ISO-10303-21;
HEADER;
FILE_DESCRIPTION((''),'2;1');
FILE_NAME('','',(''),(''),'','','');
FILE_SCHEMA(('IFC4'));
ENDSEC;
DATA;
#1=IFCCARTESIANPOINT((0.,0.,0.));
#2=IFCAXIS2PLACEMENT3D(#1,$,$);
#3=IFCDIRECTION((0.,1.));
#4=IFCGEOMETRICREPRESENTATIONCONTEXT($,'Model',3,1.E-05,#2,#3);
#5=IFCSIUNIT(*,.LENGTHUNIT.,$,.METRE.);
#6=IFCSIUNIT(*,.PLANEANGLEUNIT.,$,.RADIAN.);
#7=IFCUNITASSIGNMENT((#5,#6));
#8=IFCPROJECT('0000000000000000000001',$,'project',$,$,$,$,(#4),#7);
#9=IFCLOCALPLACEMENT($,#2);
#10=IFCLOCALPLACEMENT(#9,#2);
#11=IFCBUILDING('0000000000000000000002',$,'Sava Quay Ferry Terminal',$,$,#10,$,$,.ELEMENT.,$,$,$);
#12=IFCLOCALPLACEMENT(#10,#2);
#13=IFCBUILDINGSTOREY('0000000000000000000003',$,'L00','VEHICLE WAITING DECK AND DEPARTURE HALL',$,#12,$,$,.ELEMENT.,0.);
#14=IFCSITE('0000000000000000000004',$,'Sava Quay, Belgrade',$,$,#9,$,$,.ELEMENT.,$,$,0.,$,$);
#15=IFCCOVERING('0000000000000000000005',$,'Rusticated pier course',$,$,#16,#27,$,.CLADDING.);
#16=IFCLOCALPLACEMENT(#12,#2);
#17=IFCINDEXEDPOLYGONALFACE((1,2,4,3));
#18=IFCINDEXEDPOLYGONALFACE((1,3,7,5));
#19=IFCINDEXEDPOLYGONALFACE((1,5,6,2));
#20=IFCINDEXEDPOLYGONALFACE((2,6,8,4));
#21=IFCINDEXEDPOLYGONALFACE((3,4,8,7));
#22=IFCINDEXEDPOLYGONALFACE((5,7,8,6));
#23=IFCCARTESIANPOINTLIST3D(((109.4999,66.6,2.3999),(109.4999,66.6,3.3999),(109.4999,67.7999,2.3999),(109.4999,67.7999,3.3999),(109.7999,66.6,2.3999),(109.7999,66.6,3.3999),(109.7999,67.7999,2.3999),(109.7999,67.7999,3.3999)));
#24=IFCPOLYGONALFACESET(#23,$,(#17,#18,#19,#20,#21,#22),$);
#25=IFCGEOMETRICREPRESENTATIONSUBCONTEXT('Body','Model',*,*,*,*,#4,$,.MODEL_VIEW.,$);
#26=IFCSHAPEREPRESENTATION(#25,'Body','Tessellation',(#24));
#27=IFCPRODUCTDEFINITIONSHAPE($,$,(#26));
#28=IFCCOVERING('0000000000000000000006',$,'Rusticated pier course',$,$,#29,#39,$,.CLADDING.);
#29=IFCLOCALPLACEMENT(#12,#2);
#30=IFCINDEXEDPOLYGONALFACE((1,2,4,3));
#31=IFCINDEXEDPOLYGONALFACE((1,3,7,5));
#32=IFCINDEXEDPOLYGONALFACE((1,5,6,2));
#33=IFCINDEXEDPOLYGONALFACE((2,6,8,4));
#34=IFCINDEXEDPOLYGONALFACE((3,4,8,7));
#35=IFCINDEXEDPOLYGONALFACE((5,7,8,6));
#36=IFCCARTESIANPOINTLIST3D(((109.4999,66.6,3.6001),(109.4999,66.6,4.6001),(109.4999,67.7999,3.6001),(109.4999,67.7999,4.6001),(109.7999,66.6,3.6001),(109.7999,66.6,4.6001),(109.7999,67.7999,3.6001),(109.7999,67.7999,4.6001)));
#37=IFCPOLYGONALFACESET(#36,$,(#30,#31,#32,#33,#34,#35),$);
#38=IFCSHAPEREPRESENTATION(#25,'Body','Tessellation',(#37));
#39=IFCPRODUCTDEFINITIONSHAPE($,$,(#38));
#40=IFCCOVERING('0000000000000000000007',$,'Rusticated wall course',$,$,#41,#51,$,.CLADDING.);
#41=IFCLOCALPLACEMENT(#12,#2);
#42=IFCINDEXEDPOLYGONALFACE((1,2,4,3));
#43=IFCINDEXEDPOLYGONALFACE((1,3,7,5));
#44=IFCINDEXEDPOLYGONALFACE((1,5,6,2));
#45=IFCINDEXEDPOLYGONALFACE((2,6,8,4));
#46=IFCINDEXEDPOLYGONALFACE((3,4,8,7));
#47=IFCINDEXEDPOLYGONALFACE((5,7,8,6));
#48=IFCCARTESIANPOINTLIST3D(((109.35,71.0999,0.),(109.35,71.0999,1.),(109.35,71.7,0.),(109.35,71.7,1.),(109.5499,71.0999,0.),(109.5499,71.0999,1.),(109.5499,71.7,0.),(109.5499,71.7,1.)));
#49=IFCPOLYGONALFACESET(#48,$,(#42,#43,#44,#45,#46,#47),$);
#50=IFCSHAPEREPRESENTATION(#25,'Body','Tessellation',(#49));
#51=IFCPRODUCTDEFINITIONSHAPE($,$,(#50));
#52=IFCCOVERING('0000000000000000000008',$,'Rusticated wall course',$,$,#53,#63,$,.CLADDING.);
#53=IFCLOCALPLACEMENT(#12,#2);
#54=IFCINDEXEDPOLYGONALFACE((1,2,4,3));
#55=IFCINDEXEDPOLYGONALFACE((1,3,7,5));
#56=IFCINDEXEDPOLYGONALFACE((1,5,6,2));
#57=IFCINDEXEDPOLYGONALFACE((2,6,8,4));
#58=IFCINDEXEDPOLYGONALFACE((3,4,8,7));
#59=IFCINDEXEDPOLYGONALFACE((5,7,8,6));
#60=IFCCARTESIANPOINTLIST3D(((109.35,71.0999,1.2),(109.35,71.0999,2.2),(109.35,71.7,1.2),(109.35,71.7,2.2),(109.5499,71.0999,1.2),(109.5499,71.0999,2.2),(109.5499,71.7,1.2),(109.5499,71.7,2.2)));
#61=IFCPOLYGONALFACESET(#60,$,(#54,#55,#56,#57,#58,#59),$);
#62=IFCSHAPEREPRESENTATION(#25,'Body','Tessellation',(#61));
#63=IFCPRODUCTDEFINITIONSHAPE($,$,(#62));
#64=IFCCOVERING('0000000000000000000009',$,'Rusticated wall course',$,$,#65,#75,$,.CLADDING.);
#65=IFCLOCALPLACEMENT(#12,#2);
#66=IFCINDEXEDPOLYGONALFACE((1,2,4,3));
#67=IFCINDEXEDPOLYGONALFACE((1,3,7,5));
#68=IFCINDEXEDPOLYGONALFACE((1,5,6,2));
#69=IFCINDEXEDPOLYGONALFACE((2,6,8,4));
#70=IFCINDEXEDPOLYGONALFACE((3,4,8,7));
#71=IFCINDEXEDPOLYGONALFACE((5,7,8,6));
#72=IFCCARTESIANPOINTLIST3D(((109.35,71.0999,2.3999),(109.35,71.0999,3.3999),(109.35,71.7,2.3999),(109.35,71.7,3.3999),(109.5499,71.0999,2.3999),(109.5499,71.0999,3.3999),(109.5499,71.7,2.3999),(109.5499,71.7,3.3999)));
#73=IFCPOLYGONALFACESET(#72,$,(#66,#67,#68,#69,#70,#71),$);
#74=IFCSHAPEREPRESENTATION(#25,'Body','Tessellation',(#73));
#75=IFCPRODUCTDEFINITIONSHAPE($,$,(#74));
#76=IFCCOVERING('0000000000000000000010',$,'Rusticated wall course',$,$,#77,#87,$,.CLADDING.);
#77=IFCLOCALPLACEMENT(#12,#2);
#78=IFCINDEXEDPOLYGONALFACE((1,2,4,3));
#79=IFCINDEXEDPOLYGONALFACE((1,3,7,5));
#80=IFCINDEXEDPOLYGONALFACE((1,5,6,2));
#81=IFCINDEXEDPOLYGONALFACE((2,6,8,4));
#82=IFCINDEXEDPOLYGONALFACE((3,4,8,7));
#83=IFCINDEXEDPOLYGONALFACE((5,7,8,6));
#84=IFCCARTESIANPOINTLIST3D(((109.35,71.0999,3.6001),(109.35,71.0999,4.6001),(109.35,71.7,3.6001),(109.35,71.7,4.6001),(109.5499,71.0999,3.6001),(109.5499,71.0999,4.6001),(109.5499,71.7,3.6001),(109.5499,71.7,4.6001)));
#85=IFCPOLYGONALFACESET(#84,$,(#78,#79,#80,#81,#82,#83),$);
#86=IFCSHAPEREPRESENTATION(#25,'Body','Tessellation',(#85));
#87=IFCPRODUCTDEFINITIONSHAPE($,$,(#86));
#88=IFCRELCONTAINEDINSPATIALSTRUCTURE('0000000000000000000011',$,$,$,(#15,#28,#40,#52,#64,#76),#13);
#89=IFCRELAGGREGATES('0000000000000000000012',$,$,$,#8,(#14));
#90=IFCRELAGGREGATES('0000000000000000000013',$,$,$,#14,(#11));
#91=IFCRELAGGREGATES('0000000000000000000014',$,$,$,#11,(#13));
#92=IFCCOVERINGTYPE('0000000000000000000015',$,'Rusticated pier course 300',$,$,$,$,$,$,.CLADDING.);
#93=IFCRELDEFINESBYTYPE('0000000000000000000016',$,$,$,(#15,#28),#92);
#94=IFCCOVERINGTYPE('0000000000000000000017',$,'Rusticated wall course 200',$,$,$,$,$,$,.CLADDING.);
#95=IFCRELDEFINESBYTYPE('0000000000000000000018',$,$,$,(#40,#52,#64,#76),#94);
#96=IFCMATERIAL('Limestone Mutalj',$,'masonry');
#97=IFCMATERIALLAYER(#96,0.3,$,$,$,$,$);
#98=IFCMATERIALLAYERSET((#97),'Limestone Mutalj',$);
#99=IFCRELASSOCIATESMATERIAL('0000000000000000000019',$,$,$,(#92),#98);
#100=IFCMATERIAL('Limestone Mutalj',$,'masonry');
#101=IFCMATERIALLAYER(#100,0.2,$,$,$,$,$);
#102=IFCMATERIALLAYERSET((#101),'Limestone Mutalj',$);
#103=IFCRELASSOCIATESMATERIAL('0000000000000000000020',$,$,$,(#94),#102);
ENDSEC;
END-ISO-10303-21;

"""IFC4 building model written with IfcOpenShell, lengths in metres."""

from ifc_helpers import new_model, si_unit, direction, frame, origin, origin_2d, place, context, subcontext, project, spatial, rectangle, extrude, material, layer, layer_set, type_object, element, save


model = new_model("IFC4")

# Units and contexts
model_context = context("Model", 3, precision=1e-05, world=origin(), true_north=direction((0.0, 1.0)))
body_context = subcontext(model_context, "Body", "Model", "MODEL_VIEW")
ifc_project = project(units=[si_unit("LENGTHUNIT", "METRE"), si_unit("PLANEANGLEUNIT", "RADIAN")], contexts=[model_context])

# Site, building, storey
site_placement = place(None, origin())
site = spatial("IfcSite", under=ifc_project, at=site_placement, Name="Sava Quay, Belgrade", CompositionType="ELEMENT", RefElevation=0.0)
building_placement = place(site_placement, origin())
building = spatial("IfcBuilding", under=site, at=building_placement, Name="Sava Quay Ferry Terminal", CompositionType="ELEMENT")
storey_placement = place(building_placement, origin())
storey = spatial("IfcBuildingStorey", under=building, at=storey_placement, Name="L00", Description="VEHICLE WAITING DECK AND DEPARTURE HALL", CompositionType="ELEMENT", Elevation=0.0)

# Coverings
ifc_material_1 = material(Name="Limestone Mutalj", Category="masonry")
ifc_layer_1 = layer(ifc_material_1, 0.3)
ifc_layer_set_1 = layer_set([ifc_layer_1], Name="Limestone Mutalj")
covering_type_1 = type_object("IfcCoveringType", Name="Rusticated pier course 300", PredefinedType="CLADDING", material=ifc_layer_set_1)
for number, where, z_axis, x_axis, name in (
    (1, (109.6499, 67.2, 2.3999), (0.0, 0.0, 1.0), (1.0, 0.0, 0.0), "Rusticated pier course"),
    (2, (109.6499, 67.2, 3.6001), (0.0, 0.0, 1.0), (1.0, 0.0, 0.0), "Rusticated pier course"),
):
    element("IfcCovering", number, at=place(storey_placement, frame(where, z_axis=z_axis, x_axis=x_axis)), inside=storey, type_object=covering_type_1, Name=name, PredefinedType="CLADDING", context=body_context, shape_type="SweptSolid", body=[
        extrude(rectangle(XDim=0.3, YDim=1.2, at=origin_2d()), origin(), (0.0, 0.0, 1.0), 1.0),
    ])
ifc_material_2 = material(Name="Limestone Mutalj", Category="masonry")
ifc_layer_2 = layer(ifc_material_2, 0.2)
ifc_layer_set_2 = layer_set([ifc_layer_2], Name="Limestone Mutalj")
covering_type_2 = type_object("IfcCoveringType", Name="Rusticated wall course 200", PredefinedType="CLADDING", material=ifc_layer_set_2)
for number, where, z_axis, x_axis, name in (
    (3, (109.45, 71.3999, 0.0), (0.0, 0.0, 1.0), (1.0, 0.0, 0.0), "Rusticated wall course"),
    (4, (109.45, 71.3999, 1.2), (0.0, 0.0, 1.0), (1.0, 0.0, 0.0), "Rusticated wall course"),
    (5, (109.45, 71.3999, 2.3999), (0.0, 0.0, 1.0), (1.0, 0.0, 0.0), "Rusticated wall course"),
    (6, (109.45, 71.3999, 3.6001), (0.0, 0.0, 1.0), (1.0, 0.0, 0.0), "Rusticated wall course"),
):
    element("IfcCovering", number, at=place(storey_placement, frame(where, z_axis=z_axis, x_axis=x_axis)), inside=storey, type_object=covering_type_2, Name=name, PredefinedType="CLADDING", context=body_context, shape_type="SweptSolid", body=[
        extrude(rectangle(XDim=0.2, YDim=0.6001, at=origin_2d()), origin(), (0.0, 0.0, 1.0), 1.0),
    ])

save(model, "model.ifc")
